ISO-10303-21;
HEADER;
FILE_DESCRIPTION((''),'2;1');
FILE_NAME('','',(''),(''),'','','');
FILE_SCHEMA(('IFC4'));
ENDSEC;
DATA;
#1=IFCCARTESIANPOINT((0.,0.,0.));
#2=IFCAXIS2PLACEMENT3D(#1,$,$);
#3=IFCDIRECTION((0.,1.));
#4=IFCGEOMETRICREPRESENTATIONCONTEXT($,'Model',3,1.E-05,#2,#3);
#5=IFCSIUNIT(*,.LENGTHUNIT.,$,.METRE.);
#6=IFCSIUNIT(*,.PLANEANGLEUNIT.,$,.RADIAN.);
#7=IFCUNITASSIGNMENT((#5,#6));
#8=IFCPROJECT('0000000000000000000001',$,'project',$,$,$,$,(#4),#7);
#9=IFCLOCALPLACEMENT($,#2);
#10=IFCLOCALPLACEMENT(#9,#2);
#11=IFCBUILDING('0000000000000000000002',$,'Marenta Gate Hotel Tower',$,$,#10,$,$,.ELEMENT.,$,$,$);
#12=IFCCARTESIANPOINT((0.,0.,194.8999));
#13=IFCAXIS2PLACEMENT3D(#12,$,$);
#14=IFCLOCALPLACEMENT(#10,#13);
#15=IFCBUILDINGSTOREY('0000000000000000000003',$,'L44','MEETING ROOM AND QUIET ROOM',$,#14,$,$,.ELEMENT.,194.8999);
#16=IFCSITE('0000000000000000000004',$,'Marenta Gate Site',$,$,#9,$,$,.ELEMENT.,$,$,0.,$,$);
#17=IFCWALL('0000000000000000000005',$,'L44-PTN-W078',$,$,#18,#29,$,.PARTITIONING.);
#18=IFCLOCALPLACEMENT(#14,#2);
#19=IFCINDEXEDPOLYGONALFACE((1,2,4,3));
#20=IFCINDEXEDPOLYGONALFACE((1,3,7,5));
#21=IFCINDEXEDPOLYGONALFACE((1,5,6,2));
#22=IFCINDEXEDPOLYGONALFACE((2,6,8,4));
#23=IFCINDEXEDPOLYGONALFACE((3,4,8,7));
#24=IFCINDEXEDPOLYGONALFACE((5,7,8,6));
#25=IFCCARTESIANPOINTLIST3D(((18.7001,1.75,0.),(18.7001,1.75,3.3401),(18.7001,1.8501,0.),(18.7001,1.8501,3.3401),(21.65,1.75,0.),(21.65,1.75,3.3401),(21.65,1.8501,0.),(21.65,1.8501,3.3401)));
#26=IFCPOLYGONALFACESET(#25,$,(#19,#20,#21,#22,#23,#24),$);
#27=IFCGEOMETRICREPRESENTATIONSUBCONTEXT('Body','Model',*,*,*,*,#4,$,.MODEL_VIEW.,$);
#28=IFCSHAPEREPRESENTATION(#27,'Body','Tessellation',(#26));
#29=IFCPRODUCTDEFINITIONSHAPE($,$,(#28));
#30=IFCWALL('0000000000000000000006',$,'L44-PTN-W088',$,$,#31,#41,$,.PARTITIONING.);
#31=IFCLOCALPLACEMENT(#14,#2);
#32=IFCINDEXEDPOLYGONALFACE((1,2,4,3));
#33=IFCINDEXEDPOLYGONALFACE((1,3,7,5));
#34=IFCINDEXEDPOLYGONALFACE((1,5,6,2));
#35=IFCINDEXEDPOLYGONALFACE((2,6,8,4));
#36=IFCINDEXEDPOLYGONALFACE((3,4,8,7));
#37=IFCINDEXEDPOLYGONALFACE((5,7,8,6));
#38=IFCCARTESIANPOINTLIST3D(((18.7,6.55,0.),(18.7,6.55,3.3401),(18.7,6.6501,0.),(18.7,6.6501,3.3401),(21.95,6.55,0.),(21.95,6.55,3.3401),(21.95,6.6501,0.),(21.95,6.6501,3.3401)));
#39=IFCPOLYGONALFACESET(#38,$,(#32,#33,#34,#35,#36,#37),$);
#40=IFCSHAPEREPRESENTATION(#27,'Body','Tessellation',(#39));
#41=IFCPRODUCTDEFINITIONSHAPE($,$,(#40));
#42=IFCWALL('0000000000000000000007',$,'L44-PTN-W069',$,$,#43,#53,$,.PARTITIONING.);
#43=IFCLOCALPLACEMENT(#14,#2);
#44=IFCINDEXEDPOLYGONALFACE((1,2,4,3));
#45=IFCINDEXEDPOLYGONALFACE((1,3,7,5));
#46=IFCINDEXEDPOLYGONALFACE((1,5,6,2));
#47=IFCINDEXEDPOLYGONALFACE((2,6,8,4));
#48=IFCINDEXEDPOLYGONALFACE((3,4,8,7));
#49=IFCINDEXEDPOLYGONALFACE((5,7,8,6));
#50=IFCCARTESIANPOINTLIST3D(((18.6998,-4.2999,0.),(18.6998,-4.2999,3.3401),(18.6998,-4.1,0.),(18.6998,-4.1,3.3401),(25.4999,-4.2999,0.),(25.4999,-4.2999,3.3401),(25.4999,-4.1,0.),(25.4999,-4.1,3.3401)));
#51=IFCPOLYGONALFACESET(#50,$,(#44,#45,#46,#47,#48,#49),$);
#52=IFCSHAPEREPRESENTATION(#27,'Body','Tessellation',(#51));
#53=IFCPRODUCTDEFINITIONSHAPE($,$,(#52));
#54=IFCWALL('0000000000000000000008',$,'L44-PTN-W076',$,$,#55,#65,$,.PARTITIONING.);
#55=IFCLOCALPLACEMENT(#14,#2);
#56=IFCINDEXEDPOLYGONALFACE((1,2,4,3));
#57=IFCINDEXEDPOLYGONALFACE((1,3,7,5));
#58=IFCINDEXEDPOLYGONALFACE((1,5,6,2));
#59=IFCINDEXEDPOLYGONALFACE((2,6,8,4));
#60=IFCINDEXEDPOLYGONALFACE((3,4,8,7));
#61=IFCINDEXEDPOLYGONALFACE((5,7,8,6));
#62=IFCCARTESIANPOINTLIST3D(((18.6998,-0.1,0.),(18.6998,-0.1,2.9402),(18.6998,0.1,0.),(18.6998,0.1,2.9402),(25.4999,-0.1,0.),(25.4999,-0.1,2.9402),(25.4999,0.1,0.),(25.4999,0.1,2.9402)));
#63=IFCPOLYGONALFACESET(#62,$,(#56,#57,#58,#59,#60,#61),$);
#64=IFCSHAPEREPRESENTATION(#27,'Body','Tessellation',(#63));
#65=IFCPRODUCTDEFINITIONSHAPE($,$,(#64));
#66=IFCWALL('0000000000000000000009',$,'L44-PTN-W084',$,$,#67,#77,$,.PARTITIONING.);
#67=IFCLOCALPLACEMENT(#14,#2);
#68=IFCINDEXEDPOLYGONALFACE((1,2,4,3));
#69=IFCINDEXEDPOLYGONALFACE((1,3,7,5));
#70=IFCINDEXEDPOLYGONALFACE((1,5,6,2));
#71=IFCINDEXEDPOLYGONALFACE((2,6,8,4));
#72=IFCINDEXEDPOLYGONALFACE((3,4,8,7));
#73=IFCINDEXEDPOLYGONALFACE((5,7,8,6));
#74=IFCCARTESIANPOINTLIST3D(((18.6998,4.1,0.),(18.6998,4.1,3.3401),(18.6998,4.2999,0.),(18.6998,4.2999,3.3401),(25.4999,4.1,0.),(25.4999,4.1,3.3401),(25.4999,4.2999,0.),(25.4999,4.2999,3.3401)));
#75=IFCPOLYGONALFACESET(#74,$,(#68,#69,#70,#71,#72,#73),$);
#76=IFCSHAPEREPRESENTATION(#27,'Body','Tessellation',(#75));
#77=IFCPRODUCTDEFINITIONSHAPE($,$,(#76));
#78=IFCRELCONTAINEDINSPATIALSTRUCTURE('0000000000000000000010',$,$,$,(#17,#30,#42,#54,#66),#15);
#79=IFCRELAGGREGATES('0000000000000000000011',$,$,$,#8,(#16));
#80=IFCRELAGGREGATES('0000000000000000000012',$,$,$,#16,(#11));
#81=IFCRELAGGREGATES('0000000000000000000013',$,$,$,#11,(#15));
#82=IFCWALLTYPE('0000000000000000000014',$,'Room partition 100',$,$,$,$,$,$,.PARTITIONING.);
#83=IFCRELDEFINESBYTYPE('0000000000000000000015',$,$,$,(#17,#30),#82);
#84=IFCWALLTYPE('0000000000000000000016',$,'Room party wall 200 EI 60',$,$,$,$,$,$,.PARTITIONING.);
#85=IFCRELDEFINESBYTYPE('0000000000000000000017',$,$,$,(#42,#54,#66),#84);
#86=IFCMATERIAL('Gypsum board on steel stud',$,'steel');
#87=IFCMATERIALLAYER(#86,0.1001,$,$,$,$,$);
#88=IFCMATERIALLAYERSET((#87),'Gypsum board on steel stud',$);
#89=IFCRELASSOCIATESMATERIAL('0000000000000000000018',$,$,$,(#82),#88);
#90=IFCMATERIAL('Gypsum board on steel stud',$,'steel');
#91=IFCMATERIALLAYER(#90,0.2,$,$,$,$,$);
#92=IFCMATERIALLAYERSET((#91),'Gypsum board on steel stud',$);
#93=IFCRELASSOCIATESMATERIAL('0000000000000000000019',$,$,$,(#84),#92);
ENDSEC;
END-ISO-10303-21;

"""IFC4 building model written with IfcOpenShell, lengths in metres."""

from ifc_helpers import new_model, si_unit, direction, frame, frame_2d, origin, place, context, subcontext, project, spatial, rectangle, extrude, material, layer, layer_set, type_object, element, save


model = new_model("IFC4")

# Units and contexts
model_context = context("Model", 3, precision=1e-05, world=origin(), true_north=direction((0.0, 1.0)))
body_context = subcontext(model_context, "Body", "Model", "MODEL_VIEW")
ifc_project = project(units=[si_unit("LENGTHUNIT", "METRE"), si_unit("PLANEANGLEUNIT", "RADIAN")], contexts=[model_context])

# Site, building, storey
site_placement = place(None, origin())
site = spatial("IfcSite", under=ifc_project, at=site_placement, Name="Marenta Gate Site", CompositionType="ELEMENT", RefElevation=0.0)
building_placement = place(site_placement, origin())
building = spatial("IfcBuilding", under=site, at=building_placement, Name="Marenta Gate Hotel Tower", CompositionType="ELEMENT")
storey_placement = place(building_placement, frame((0.0, 0.0, 194.8999)))
storey = spatial("IfcBuildingStorey", under=building, at=storey_placement, Name="L44", Description="MEETING ROOM AND QUIET ROOM", CompositionType="ELEMENT", Elevation=194.8999)

# Shared definitions
ifc_material_1 = material(Name="Gypsum board on steel stud", Category="steel")
ifc_layer_1 = layer(ifc_material_1, 0.1001)
ifc_layer_set_1 = layer_set([ifc_layer_1], Name="Gypsum board on steel stud")
wall_type_1 = type_object("IfcWallType", Name="Room partition 100", PredefinedType="PARTITIONING", material=ifc_layer_set_1)

# Walls
wall_1_placement = place(storey_placement, frame((18.7, 1.8, 0.0), z_axis=(0.0, 0.0, 1.0), x_axis=(1.0, 0.0, 0.0)))
element("IfcWall", 1, at=wall_1_placement, inside=storey, type_object=wall_type_1, Name="L44-PTN-W078", PredefinedType="PARTITIONING", context=body_context, shape_type="SweptSolid", body=[
    extrude(rectangle(XDim=2.95, YDim=0.1001, at=frame_2d((1.4751, 0.0))), origin(), (0.0, 0.0, 1.0), 3.3401),
])
wall_2_placement = place(storey_placement, frame((18.7, 6.6001, 0.0), z_axis=(0.0, 0.0, 1.0), x_axis=(1.0, 0.0, 0.0)))
element("IfcWall", 2, at=wall_2_placement, inside=storey, type_object=wall_type_1, Name="L44-PTN-W088", PredefinedType="PARTITIONING", context=body_context, shape_type="SweptSolid", body=[
    extrude(rectangle(XDim=3.25, YDim=0.1001, at=frame_2d((1.625, 0.0))), origin(), (0.0, 0.0, 1.0), 3.3401),
])
ifc_material_2 = material(Name="Gypsum board on steel stud", Category="steel")
ifc_layer_2 = layer(ifc_material_2, 0.2)
ifc_layer_set_2 = layer_set([ifc_layer_2], Name="Gypsum board on steel stud")
wall_type_2 = type_object("IfcWallType", Name="Room party wall 200 EI 60", PredefinedType="PARTITIONING", material=ifc_layer_set_2)
wall_3_placement = place(storey_placement, frame((18.7, -4.2, 0.0), z_axis=(0.0, 0.0, 1.0), x_axis=(1.0, 0.0, 0.0)))
element("IfcWall", 3, at=wall_3_placement, inside=storey, type_object=wall_type_2, Name="L44-PTN-W069", PredefinedType="PARTITIONING", context=body_context, shape_type="SweptSolid", body=[
    extrude(rectangle(XDim=6.8, YDim=0.2, at=frame_2d((3.3999, 0.0))), origin(), (0.0, 0.0, 1.0), 3.3401),
])
wall_4_placement = place(storey_placement, frame((18.7, 0.0, 0.0), z_axis=(0.0, 0.0, 1.0), x_axis=(1.0, 0.0, 0.0)))
element("IfcWall", 4, at=wall_4_placement, inside=storey, type_object=wall_type_2, Name="L44-PTN-W076", PredefinedType="PARTITIONING", context=body_context, shape_type="SweptSolid", body=[
    extrude(rectangle(XDim=6.8, YDim=0.2, at=frame_2d((3.3999, 0.0))), origin(), (0.0, 0.0, 1.0), 2.9402),
])
wall_5_placement = place(storey_placement, frame((18.7, 4.2, 0.0), z_axis=(0.0, 0.0, 1.0), x_axis=(1.0, 0.0, 0.0)))
element("IfcWall", 5, at=wall_5_placement, inside=storey, type_object=wall_type_2, Name="L44-PTN-W084", PredefinedType="PARTITIONING", context=body_context, shape_type="SweptSolid", body=[
    extrude(rectangle(XDim=6.8, YDim=0.2, at=frame_2d((3.3999, 0.0))), origin(), (0.0, 0.0, 1.0), 3.3401),
])

save(model, "model.ifc")
